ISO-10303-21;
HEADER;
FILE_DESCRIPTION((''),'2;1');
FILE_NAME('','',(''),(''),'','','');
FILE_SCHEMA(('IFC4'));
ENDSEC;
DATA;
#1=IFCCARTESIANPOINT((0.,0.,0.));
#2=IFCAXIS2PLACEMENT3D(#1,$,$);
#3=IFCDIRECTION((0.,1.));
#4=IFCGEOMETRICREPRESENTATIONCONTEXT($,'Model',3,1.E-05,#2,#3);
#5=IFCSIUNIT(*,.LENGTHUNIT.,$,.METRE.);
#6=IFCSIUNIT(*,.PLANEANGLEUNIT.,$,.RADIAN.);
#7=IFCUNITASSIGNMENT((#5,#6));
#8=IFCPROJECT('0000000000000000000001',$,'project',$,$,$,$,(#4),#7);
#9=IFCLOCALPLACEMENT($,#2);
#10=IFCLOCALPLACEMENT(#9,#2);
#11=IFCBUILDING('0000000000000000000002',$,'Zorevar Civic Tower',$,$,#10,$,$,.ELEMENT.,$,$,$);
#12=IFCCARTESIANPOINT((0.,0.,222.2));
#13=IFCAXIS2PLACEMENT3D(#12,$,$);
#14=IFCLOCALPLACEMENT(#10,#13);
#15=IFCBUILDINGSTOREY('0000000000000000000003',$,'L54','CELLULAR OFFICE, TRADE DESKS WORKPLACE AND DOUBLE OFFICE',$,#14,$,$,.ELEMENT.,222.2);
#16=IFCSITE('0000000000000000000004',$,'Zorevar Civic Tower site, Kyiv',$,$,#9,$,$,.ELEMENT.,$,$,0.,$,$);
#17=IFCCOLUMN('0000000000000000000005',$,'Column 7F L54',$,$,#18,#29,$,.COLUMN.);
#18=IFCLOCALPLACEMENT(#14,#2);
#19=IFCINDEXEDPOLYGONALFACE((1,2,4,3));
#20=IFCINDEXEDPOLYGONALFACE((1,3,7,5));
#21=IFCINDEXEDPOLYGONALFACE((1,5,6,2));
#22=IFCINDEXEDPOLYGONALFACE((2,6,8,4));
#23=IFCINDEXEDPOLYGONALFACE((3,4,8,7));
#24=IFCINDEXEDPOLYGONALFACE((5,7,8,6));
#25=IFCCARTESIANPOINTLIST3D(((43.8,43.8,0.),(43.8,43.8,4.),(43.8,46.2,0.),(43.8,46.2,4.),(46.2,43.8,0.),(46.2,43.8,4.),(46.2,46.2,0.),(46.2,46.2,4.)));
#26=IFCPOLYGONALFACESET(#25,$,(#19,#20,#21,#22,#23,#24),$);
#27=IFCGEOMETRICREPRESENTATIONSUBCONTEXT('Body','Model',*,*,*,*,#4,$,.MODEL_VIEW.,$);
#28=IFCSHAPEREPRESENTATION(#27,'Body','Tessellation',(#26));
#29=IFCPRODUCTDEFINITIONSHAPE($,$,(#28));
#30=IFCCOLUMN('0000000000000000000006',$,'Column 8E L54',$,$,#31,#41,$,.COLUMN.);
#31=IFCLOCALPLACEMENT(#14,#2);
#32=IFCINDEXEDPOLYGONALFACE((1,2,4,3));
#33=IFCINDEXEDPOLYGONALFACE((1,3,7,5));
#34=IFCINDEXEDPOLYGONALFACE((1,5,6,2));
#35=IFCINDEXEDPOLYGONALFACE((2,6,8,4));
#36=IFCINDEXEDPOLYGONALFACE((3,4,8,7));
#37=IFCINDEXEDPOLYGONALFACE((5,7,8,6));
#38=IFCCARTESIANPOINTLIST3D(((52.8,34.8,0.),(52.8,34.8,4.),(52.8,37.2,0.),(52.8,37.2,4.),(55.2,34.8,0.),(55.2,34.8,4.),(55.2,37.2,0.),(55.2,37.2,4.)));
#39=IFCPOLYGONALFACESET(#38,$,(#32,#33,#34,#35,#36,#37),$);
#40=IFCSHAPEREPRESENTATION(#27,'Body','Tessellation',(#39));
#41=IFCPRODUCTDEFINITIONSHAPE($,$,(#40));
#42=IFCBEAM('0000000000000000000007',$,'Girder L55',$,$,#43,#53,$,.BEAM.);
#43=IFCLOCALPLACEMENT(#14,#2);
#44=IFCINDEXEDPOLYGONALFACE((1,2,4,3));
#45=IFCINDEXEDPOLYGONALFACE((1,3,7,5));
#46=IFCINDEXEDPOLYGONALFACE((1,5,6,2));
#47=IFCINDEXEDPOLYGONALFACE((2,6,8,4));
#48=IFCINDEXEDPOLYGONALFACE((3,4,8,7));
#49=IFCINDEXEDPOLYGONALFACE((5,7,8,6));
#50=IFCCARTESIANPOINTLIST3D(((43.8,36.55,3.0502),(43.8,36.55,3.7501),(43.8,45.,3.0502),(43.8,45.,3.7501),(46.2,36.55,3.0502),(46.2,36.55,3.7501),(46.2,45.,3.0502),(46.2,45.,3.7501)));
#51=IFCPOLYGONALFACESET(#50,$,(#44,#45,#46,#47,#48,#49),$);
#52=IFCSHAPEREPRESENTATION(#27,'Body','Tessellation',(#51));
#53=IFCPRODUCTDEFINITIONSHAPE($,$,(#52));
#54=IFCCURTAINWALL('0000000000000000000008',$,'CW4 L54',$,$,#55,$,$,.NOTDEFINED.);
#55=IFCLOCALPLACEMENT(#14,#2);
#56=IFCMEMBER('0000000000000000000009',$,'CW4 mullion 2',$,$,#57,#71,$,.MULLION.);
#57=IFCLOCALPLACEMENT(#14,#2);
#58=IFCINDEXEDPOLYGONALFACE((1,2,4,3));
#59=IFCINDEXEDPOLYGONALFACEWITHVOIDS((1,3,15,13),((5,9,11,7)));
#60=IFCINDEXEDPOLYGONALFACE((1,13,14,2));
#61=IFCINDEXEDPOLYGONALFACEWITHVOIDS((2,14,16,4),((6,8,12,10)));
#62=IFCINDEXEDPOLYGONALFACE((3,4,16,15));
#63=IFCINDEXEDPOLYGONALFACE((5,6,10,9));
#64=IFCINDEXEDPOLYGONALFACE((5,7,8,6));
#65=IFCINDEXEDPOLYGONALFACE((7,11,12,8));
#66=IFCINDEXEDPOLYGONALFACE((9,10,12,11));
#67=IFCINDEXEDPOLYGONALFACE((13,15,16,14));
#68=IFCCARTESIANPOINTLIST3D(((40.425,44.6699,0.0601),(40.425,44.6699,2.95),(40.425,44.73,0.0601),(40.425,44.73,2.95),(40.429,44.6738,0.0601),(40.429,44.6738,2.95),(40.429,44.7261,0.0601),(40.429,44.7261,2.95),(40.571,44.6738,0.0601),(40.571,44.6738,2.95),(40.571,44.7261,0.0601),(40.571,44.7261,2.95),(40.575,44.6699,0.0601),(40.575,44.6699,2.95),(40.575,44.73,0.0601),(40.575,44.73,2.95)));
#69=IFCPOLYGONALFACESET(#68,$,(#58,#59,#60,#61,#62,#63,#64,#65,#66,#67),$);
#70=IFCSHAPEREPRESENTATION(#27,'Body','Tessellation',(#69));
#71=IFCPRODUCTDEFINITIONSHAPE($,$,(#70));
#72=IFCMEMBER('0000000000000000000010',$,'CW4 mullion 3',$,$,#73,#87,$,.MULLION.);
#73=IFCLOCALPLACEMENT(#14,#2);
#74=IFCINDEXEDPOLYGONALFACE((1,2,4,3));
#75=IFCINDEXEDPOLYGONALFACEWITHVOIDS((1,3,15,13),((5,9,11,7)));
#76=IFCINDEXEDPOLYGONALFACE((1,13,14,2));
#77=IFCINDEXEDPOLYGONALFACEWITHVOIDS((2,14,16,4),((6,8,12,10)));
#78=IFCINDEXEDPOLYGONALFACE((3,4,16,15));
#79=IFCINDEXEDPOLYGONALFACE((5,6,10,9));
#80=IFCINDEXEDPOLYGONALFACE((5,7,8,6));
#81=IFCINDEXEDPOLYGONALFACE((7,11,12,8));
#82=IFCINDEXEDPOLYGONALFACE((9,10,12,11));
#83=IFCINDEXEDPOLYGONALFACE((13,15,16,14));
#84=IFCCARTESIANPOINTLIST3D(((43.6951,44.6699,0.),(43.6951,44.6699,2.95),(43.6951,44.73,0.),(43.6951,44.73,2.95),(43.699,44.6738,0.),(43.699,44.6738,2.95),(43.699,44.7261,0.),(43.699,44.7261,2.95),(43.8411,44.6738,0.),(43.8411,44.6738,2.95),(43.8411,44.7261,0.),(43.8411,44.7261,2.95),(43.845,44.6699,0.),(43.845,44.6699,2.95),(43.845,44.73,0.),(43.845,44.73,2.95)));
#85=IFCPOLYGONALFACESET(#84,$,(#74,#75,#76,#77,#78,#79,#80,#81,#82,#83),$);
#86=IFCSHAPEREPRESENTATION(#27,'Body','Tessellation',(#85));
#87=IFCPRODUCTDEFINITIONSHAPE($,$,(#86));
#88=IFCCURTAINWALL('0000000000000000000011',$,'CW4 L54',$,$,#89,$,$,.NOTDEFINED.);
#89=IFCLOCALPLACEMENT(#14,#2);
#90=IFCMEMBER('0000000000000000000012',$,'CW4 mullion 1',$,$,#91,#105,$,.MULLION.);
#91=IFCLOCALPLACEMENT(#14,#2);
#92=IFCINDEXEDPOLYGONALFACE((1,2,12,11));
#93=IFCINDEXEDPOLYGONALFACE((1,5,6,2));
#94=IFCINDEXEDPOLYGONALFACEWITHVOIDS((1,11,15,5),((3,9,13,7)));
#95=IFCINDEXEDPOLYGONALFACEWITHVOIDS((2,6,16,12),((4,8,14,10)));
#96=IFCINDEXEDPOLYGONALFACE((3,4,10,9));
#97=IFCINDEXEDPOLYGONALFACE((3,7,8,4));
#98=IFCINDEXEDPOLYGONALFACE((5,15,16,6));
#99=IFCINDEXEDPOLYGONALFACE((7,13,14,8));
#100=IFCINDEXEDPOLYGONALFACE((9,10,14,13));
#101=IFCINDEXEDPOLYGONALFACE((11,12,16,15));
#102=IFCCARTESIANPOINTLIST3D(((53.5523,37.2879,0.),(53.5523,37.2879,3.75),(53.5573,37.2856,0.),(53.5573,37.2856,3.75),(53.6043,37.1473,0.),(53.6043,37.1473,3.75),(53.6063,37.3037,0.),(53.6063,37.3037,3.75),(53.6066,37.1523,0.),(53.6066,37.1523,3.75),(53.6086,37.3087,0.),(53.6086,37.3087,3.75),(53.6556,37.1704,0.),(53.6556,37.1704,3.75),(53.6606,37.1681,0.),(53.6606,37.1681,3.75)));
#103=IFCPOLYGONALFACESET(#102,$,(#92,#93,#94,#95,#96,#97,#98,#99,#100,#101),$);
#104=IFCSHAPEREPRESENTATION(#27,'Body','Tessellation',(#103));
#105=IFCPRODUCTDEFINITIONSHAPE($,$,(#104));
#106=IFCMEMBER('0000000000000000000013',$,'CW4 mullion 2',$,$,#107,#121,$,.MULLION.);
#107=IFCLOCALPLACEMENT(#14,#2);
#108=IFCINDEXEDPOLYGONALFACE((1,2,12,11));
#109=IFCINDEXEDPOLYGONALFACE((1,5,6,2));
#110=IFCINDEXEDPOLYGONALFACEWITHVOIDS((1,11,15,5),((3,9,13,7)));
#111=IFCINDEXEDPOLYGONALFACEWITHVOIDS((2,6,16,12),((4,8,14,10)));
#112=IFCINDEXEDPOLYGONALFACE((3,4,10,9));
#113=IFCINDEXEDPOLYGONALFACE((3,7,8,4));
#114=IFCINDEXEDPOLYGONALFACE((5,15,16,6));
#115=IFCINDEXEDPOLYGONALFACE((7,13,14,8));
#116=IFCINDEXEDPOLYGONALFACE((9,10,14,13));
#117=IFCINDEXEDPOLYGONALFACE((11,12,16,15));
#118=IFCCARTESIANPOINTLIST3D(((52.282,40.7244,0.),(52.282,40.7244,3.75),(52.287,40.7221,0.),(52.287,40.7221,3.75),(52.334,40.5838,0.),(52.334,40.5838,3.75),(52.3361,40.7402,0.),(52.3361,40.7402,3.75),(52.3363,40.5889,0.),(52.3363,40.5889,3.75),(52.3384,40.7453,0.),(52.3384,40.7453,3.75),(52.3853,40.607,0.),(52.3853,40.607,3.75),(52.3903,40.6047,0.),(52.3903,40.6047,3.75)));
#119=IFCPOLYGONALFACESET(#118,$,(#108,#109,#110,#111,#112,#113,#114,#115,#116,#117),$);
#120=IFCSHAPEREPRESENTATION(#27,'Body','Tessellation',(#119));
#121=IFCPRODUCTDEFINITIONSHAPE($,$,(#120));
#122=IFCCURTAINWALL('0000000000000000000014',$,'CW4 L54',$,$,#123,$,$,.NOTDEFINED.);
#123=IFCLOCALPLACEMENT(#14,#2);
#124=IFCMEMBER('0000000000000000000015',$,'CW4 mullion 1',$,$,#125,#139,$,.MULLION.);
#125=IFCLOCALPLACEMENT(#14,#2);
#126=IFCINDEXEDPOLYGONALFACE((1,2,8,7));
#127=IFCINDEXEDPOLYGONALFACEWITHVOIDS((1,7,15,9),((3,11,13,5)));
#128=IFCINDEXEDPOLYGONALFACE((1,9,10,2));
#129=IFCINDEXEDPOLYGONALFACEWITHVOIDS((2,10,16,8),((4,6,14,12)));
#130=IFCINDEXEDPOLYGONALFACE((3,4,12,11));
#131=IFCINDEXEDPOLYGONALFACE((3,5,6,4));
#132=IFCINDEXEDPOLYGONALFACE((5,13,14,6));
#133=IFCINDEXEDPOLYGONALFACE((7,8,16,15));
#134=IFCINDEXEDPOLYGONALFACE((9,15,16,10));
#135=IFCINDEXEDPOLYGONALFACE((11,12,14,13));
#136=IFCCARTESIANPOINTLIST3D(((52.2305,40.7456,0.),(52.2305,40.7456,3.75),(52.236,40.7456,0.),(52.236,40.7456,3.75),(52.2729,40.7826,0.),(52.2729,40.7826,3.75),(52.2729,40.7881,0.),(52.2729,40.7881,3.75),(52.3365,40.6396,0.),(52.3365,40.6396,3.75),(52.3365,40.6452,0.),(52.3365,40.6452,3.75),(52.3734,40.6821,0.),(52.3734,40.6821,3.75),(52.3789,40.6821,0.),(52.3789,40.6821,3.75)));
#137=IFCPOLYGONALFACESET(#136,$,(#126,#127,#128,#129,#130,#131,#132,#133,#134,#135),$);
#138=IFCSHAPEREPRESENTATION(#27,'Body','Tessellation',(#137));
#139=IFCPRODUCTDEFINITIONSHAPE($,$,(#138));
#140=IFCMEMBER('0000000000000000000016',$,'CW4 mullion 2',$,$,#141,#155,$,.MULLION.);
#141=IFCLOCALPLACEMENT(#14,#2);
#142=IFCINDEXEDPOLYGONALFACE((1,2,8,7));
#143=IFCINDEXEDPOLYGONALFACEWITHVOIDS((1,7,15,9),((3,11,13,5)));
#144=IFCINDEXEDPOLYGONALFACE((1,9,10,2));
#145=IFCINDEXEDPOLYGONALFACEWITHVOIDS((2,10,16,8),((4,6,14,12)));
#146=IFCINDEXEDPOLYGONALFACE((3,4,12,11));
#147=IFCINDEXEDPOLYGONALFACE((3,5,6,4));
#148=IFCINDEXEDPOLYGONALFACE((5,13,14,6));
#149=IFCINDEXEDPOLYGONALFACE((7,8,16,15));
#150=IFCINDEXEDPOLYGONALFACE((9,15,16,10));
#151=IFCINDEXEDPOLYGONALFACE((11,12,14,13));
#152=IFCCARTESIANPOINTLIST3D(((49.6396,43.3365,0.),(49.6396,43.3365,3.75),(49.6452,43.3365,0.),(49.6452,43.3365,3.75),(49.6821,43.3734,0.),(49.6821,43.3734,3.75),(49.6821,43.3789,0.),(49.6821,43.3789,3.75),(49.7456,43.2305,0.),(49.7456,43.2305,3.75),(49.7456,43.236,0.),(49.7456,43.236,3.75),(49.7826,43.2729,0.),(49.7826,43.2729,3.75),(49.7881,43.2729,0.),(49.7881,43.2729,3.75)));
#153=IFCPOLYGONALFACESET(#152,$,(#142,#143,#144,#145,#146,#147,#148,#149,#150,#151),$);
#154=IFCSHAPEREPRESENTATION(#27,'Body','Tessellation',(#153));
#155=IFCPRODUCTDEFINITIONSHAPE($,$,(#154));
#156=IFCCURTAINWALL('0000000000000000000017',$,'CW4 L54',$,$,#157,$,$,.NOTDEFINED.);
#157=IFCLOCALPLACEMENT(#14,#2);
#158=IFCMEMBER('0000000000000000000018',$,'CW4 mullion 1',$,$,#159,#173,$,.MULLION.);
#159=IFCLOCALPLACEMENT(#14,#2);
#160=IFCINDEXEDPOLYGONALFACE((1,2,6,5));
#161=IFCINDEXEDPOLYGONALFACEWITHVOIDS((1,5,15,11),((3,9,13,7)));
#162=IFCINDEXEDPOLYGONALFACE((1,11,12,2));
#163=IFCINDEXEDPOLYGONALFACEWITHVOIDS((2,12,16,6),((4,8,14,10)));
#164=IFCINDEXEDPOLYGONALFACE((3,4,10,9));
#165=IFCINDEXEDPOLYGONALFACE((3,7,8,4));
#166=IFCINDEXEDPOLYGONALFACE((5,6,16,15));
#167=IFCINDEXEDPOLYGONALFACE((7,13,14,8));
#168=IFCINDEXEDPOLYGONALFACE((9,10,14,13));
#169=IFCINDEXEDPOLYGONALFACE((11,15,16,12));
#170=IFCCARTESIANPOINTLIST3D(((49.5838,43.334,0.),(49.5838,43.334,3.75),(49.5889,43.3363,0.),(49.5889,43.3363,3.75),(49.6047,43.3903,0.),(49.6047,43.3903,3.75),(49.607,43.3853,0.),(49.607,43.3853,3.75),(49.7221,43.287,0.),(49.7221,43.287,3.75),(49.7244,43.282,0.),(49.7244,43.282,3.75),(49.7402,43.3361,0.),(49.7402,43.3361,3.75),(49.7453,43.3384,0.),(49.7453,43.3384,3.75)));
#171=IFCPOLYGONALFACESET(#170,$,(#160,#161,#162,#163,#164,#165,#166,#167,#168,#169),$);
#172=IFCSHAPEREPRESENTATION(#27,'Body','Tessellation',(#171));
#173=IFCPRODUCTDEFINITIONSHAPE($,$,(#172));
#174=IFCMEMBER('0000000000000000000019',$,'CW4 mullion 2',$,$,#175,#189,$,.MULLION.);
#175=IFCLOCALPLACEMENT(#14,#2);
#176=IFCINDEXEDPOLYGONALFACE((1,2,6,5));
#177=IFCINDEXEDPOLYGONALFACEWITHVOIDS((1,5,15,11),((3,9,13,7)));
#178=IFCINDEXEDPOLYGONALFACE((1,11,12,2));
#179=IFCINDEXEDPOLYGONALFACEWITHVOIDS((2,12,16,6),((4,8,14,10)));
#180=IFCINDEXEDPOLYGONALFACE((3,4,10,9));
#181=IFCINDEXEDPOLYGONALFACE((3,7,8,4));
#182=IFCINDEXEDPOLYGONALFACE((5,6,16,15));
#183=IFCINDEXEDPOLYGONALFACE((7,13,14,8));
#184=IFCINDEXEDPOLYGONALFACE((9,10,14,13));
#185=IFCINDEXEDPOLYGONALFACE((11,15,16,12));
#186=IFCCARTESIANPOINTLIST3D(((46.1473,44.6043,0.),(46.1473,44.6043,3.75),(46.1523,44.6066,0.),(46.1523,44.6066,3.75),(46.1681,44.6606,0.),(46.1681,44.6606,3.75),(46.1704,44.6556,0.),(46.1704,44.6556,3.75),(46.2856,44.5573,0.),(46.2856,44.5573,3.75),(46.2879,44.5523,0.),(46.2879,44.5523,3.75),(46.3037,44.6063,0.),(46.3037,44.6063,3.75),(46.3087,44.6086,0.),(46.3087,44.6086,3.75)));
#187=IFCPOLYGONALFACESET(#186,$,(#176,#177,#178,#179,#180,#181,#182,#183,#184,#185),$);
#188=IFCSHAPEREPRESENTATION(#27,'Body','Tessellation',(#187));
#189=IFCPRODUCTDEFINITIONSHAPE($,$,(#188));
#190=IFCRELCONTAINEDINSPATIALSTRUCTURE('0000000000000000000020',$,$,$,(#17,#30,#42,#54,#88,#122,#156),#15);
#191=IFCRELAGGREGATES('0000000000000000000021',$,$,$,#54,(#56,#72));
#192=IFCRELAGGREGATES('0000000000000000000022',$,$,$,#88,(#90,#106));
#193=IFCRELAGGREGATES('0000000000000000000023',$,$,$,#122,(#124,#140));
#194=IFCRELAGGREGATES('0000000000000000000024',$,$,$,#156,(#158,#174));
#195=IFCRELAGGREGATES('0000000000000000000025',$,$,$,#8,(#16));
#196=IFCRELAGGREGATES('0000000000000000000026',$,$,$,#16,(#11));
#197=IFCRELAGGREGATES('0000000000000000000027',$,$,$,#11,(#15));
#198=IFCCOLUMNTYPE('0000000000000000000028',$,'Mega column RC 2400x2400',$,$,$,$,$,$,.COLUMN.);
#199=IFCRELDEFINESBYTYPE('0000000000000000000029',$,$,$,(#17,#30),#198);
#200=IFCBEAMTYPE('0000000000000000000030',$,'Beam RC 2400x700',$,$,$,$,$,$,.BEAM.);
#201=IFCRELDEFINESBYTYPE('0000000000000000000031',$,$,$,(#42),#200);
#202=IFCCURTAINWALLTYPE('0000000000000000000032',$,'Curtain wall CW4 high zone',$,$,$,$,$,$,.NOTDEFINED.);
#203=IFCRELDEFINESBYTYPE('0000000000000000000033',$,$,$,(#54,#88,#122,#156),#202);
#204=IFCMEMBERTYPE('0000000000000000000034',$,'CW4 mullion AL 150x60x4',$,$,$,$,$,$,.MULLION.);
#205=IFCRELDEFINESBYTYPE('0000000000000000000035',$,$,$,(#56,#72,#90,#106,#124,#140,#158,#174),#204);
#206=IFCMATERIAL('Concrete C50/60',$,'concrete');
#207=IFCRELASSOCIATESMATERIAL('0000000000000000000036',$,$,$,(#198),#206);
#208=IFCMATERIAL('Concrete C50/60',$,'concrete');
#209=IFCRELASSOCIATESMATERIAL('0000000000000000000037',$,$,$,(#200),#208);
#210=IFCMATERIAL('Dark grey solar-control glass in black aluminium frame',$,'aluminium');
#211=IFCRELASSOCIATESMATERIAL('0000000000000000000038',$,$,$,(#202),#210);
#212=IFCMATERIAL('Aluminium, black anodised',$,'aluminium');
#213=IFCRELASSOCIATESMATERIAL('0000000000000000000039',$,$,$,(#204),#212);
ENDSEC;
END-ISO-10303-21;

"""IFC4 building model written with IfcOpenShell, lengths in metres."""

from ifc_helpers import new_model, si_unit, direction, frame, origin, origin_2d, place, context, subcontext, project, spatial, rectangle, hollow_rectangle, extrude, material, material_profile, profile_set, type_object, element, aggregate, save


model = new_model("IFC4")

# Units and contexts
model_context = context("Model", 3, precision=1e-05, world=origin(), true_north=direction((0.0, 1.0)))
body_context = subcontext(model_context, "Body", "Model", "MODEL_VIEW")
ifc_project = project(units=[si_unit("LENGTHUNIT", "METRE"), si_unit("PLANEANGLEUNIT", "RADIAN")], contexts=[model_context])

# Site, building, storey
site_placement = place(None, origin())
site = spatial("IfcSite", under=ifc_project, at=site_placement, Name="Zorevar Civic Tower site, Kyiv", CompositionType="ELEMENT", RefElevation=0.0)
building_placement = place(site_placement, origin())
building = spatial("IfcBuilding", under=site, at=building_placement, Name="Zorevar Civic Tower", CompositionType="ELEMENT")
storey_placement = place(building_placement, frame((0.0, 0.0, 222.2)))
storey = spatial("IfcBuildingStorey", under=building, at=storey_placement, Name="L54", Description="CELLULAR OFFICE, TRADE DESKS WORKPLACE AND DOUBLE OFFICE", CompositionType="ELEMENT", Elevation=222.2)

# Columns
ifc_material_1 = material(Name="Concrete C50/60", Category="concrete")
ifc_material_profile_1 = material_profile(ifc_material_1, rectangle(XDim=2.3999, YDim=2.3999, at=origin_2d()), Name="RC 2400x2400")
ifc_profile_set_1 = profile_set([ifc_material_profile_1], Name="Concrete C50/60")
column_type = type_object("IfcColumnType", Name="Mega column RC 2400x2400", PredefinedType="COLUMN", material=ifc_profile_set_1)
for number, where, z_axis, x_axis, name in (
    (1, (45.0, 45.0, 0.0), (0.0, 0.0, 1.0), (1.0, 0.0, 0.0), "Column 7F L54"),
    (2, (54.0, 36.0, 0.0), (0.0, 0.0, 1.0), (1.0, 0.0, 0.0), "Column 8E L54"),
):
    element("IfcColumn", number, at=place(storey_placement, frame(where, z_axis=z_axis, x_axis=x_axis)), inside=storey, type_object=column_type, Name=name, PredefinedType="COLUMN", context=body_context, shape_type="SweptSolid", body=[
        extrude(rectangle(XDim=2.3999, YDim=2.3999, at=origin_2d()), origin(), (0.0, 0.0, 1.0), 4.0),
    ])

# Beam
ifc_material_2 = material(Name="Concrete C50/60", Category="concrete")
ifc_material_profile_2 = material_profile(ifc_material_2, rectangle(XDim=2.3999, YDim=0.7, at=origin_2d()), Name="RC 2400x700")
ifc_profile_set_2 = profile_set([ifc_material_profile_2], Name="Concrete C50/60")
beam_type_1 = type_object("IfcBeamType", Name="Beam RC 2400x700", PredefinedType="BEAM", material=ifc_profile_set_2)
beam_1_placement = place(storey_placement, frame((45.0, 36.55, 3.4001), z_axis=(0.0, 1.0, 0.0), x_axis=(-1.0, 0.0, 0.0)))
element("IfcBeam", 3, at=beam_1_placement, inside=storey, type_object=beam_type_1, Name="Girder L55", PredefinedType="BEAM", context=body_context, shape_type="SweptSolid", body=[
    extrude(rectangle(XDim=2.3999, YDim=0.7, at=origin_2d()), origin(), (0.0, 0.0, 1.0), 8.45),
])

# Curtain walls, members
ifc_material_3 = material(Name="Dark grey solar-control glass in black aluminium frame", Category="aluminium")
curtain_wall_type = type_object("IfcCurtainWallType", Name="Curtain wall CW4 high zone", PredefinedType="NOTDEFINED", material=ifc_material_3)
curtain_wall_1_placement = place(storey_placement, origin())
curtain_wall_1 = element("IfcCurtainWall", 4, at=curtain_wall_1_placement, inside=storey, type_object=curtain_wall_type, Name="CW4 L54", PredefinedType="NOTDEFINED")
ifc_material_4 = material(Name="Aluminium, black anodised", Category="aluminium")
ifc_material_profile_3 = material_profile(ifc_material_4, hollow_rectangle(XDim=0.0601, YDim=0.1499, WallThickness=0.0039, at=origin_2d()), Name="AL 150x60x4")
ifc_profile_set_3 = profile_set([ifc_material_profile_3], Name="Aluminium, black anodised")
member_type_1 = type_object("IfcMemberType", Name="CW4 mullion AL 150x60x4", PredefinedType="MULLION", material=ifc_profile_set_3)
member_1_placement = place(storey_placement, frame((40.5, 44.7, 0.0601), z_axis=(0.0, 0.0, 1.0), x_axis=(0.0, 1.0, 0.0)))
member_1 = element("IfcMember", 5, at=member_1_placement, type_object=member_type_1, Name="CW4 mullion 2", PredefinedType="MULLION", context=body_context, shape_type="SweptSolid", body=[
    extrude(hollow_rectangle(XDim=0.0601, YDim=0.1499, WallThickness=0.0039, at=origin_2d()), origin(), (0.0, 0.0, 1.0), 2.8899),
])
member_2_placement = place(storey_placement, frame((43.77, 44.7, 0.0), z_axis=(0.0, 0.0, 1.0), x_axis=(0.0, 1.0, 0.0)))
member_2 = element("IfcMember", 6, at=member_2_placement, type_object=member_type_1, Name="CW4 mullion 3", PredefinedType="MULLION", context=body_context, shape_type="SweptSolid", body=[
    extrude(hollow_rectangle(XDim=0.0601, YDim=0.1499, WallThickness=0.0039, at=origin_2d()), origin(), (0.0, 0.0, 1.0), 2.95),
])
curtain_wall_2_placement = place(storey_placement, origin())
curtain_wall_2 = element("IfcCurtainWall", 7, at=curtain_wall_2_placement, inside=storey, type_object=curtain_wall_type, Name="CW4 L54", PredefinedType="NOTDEFINED")
member_3_placement = place(storey_placement, frame((53.6064, 37.228, 0.0), z_axis=(0.0, 0.0, 1.0), x_axis=(-0.937975, -0.346704, 0.0)))
member_3 = element("IfcMember", 8, at=member_3_placement, type_object=member_type_1, Name="CW4 mullion 1", PredefinedType="MULLION", context=body_context, shape_type="SweptSolid", body=[
    extrude(hollow_rectangle(XDim=0.0601, YDim=0.1499, WallThickness=0.0039, at=origin_2d()), origin(), (0.0, 0.0, 1.0), 3.75),
])
member_4_placement = place(storey_placement, frame((52.3362, 40.6646, 0.0), z_axis=(0.0, 0.0, 1.0), x_axis=(-0.937975, -0.346704, 0.0)))
member_4 = element("IfcMember", 9, at=member_4_placement, type_object=member_type_1, Name="CW4 mullion 2", PredefinedType="MULLION", context=body_context, shape_type="SweptSolid", body=[
    extrude(hollow_rectangle(XDim=0.0601, YDim=0.1499, WallThickness=0.0039, at=origin_2d()), origin(), (0.0, 0.0, 1.0), 3.75),
])
curtain_wall_3_placement = place(storey_placement, origin())
curtain_wall_3 = element("IfcCurtainWall", 10, at=curtain_wall_3_placement, inside=storey, type_object=curtain_wall_type, Name="CW4 L54", PredefinedType="NOTDEFINED")
member_5_placement = place(storey_placement, frame((52.3047, 40.7139, 0.0), z_axis=(0.0, 0.0, 1.0), x_axis=(-0.707107, -0.707107, 0.0)))
member_5 = element("IfcMember", 11, at=member_5_placement, type_object=member_type_1, Name="CW4 mullion 1", PredefinedType="MULLION", context=body_context, shape_type="SweptSolid", body=[
    extrude(hollow_rectangle(XDim=0.0601, YDim=0.1499, WallThickness=0.0039, at=origin_2d()), origin(), (0.0, 0.0, 1.0), 3.75),
])
member_6_placement = place(storey_placement, frame((49.7139, 43.3047, 0.0), z_axis=(0.0, 0.0, 1.0), x_axis=(-0.707107, -0.707107, 0.0)))
member_6 = element("IfcMember", 12, at=member_6_placement, type_object=member_type_1, Name="CW4 mullion 2", PredefinedType="MULLION", context=body_context, shape_type="SweptSolid", body=[
    extrude(hollow_rectangle(XDim=0.0601, YDim=0.1499, WallThickness=0.0039, at=origin_2d()), origin(), (0.0, 0.0, 1.0), 3.75),
])
curtain_wall_4_placement = place(storey_placement, origin())
curtain_wall_4 = element("IfcCurtainWall", 13, at=curtain_wall_4_placement, inside=storey, type_object=curtain_wall_type, Name="CW4 L54", PredefinedType="NOTDEFINED")
member_7_placement = place(storey_placement, frame((49.6646, 43.3362, 0.0), z_axis=(0.0, 0.0, 1.0), x_axis=(-0.346704, -0.937975, 0.0)))
member_7 = element("IfcMember", 14, at=member_7_placement, type_object=member_type_1, Name="CW4 mullion 1", PredefinedType="MULLION", context=body_context, shape_type="SweptSolid", body=[
    extrude(hollow_rectangle(XDim=0.0601, YDim=0.1499, WallThickness=0.0039, at=origin_2d()), origin(), (0.0, 0.0, 1.0), 3.75),
])
member_8_placement = place(storey_placement, frame((46.228, 44.6064, 0.0), z_axis=(0.0, 0.0, 1.0), x_axis=(-0.346704, -0.937975, 0.0)))
member_8 = element("IfcMember", 15, at=member_8_placement, type_object=member_type_1, Name="CW4 mullion 2", PredefinedType="MULLION", context=body_context, shape_type="SweptSolid", body=[
    extrude(hollow_rectangle(XDim=0.0601, YDim=0.1499, WallThickness=0.0039, at=origin_2d()), origin(), (0.0, 0.0, 1.0), 3.75),
])

aggregate(curtain_wall_1, [member_1, member_2])
aggregate(curtain_wall_2, [member_3, member_4])
aggregate(curtain_wall_3, [member_5, member_6])
aggregate(curtain_wall_4, [member_7, member_8])

save(model, "model.ifc")
